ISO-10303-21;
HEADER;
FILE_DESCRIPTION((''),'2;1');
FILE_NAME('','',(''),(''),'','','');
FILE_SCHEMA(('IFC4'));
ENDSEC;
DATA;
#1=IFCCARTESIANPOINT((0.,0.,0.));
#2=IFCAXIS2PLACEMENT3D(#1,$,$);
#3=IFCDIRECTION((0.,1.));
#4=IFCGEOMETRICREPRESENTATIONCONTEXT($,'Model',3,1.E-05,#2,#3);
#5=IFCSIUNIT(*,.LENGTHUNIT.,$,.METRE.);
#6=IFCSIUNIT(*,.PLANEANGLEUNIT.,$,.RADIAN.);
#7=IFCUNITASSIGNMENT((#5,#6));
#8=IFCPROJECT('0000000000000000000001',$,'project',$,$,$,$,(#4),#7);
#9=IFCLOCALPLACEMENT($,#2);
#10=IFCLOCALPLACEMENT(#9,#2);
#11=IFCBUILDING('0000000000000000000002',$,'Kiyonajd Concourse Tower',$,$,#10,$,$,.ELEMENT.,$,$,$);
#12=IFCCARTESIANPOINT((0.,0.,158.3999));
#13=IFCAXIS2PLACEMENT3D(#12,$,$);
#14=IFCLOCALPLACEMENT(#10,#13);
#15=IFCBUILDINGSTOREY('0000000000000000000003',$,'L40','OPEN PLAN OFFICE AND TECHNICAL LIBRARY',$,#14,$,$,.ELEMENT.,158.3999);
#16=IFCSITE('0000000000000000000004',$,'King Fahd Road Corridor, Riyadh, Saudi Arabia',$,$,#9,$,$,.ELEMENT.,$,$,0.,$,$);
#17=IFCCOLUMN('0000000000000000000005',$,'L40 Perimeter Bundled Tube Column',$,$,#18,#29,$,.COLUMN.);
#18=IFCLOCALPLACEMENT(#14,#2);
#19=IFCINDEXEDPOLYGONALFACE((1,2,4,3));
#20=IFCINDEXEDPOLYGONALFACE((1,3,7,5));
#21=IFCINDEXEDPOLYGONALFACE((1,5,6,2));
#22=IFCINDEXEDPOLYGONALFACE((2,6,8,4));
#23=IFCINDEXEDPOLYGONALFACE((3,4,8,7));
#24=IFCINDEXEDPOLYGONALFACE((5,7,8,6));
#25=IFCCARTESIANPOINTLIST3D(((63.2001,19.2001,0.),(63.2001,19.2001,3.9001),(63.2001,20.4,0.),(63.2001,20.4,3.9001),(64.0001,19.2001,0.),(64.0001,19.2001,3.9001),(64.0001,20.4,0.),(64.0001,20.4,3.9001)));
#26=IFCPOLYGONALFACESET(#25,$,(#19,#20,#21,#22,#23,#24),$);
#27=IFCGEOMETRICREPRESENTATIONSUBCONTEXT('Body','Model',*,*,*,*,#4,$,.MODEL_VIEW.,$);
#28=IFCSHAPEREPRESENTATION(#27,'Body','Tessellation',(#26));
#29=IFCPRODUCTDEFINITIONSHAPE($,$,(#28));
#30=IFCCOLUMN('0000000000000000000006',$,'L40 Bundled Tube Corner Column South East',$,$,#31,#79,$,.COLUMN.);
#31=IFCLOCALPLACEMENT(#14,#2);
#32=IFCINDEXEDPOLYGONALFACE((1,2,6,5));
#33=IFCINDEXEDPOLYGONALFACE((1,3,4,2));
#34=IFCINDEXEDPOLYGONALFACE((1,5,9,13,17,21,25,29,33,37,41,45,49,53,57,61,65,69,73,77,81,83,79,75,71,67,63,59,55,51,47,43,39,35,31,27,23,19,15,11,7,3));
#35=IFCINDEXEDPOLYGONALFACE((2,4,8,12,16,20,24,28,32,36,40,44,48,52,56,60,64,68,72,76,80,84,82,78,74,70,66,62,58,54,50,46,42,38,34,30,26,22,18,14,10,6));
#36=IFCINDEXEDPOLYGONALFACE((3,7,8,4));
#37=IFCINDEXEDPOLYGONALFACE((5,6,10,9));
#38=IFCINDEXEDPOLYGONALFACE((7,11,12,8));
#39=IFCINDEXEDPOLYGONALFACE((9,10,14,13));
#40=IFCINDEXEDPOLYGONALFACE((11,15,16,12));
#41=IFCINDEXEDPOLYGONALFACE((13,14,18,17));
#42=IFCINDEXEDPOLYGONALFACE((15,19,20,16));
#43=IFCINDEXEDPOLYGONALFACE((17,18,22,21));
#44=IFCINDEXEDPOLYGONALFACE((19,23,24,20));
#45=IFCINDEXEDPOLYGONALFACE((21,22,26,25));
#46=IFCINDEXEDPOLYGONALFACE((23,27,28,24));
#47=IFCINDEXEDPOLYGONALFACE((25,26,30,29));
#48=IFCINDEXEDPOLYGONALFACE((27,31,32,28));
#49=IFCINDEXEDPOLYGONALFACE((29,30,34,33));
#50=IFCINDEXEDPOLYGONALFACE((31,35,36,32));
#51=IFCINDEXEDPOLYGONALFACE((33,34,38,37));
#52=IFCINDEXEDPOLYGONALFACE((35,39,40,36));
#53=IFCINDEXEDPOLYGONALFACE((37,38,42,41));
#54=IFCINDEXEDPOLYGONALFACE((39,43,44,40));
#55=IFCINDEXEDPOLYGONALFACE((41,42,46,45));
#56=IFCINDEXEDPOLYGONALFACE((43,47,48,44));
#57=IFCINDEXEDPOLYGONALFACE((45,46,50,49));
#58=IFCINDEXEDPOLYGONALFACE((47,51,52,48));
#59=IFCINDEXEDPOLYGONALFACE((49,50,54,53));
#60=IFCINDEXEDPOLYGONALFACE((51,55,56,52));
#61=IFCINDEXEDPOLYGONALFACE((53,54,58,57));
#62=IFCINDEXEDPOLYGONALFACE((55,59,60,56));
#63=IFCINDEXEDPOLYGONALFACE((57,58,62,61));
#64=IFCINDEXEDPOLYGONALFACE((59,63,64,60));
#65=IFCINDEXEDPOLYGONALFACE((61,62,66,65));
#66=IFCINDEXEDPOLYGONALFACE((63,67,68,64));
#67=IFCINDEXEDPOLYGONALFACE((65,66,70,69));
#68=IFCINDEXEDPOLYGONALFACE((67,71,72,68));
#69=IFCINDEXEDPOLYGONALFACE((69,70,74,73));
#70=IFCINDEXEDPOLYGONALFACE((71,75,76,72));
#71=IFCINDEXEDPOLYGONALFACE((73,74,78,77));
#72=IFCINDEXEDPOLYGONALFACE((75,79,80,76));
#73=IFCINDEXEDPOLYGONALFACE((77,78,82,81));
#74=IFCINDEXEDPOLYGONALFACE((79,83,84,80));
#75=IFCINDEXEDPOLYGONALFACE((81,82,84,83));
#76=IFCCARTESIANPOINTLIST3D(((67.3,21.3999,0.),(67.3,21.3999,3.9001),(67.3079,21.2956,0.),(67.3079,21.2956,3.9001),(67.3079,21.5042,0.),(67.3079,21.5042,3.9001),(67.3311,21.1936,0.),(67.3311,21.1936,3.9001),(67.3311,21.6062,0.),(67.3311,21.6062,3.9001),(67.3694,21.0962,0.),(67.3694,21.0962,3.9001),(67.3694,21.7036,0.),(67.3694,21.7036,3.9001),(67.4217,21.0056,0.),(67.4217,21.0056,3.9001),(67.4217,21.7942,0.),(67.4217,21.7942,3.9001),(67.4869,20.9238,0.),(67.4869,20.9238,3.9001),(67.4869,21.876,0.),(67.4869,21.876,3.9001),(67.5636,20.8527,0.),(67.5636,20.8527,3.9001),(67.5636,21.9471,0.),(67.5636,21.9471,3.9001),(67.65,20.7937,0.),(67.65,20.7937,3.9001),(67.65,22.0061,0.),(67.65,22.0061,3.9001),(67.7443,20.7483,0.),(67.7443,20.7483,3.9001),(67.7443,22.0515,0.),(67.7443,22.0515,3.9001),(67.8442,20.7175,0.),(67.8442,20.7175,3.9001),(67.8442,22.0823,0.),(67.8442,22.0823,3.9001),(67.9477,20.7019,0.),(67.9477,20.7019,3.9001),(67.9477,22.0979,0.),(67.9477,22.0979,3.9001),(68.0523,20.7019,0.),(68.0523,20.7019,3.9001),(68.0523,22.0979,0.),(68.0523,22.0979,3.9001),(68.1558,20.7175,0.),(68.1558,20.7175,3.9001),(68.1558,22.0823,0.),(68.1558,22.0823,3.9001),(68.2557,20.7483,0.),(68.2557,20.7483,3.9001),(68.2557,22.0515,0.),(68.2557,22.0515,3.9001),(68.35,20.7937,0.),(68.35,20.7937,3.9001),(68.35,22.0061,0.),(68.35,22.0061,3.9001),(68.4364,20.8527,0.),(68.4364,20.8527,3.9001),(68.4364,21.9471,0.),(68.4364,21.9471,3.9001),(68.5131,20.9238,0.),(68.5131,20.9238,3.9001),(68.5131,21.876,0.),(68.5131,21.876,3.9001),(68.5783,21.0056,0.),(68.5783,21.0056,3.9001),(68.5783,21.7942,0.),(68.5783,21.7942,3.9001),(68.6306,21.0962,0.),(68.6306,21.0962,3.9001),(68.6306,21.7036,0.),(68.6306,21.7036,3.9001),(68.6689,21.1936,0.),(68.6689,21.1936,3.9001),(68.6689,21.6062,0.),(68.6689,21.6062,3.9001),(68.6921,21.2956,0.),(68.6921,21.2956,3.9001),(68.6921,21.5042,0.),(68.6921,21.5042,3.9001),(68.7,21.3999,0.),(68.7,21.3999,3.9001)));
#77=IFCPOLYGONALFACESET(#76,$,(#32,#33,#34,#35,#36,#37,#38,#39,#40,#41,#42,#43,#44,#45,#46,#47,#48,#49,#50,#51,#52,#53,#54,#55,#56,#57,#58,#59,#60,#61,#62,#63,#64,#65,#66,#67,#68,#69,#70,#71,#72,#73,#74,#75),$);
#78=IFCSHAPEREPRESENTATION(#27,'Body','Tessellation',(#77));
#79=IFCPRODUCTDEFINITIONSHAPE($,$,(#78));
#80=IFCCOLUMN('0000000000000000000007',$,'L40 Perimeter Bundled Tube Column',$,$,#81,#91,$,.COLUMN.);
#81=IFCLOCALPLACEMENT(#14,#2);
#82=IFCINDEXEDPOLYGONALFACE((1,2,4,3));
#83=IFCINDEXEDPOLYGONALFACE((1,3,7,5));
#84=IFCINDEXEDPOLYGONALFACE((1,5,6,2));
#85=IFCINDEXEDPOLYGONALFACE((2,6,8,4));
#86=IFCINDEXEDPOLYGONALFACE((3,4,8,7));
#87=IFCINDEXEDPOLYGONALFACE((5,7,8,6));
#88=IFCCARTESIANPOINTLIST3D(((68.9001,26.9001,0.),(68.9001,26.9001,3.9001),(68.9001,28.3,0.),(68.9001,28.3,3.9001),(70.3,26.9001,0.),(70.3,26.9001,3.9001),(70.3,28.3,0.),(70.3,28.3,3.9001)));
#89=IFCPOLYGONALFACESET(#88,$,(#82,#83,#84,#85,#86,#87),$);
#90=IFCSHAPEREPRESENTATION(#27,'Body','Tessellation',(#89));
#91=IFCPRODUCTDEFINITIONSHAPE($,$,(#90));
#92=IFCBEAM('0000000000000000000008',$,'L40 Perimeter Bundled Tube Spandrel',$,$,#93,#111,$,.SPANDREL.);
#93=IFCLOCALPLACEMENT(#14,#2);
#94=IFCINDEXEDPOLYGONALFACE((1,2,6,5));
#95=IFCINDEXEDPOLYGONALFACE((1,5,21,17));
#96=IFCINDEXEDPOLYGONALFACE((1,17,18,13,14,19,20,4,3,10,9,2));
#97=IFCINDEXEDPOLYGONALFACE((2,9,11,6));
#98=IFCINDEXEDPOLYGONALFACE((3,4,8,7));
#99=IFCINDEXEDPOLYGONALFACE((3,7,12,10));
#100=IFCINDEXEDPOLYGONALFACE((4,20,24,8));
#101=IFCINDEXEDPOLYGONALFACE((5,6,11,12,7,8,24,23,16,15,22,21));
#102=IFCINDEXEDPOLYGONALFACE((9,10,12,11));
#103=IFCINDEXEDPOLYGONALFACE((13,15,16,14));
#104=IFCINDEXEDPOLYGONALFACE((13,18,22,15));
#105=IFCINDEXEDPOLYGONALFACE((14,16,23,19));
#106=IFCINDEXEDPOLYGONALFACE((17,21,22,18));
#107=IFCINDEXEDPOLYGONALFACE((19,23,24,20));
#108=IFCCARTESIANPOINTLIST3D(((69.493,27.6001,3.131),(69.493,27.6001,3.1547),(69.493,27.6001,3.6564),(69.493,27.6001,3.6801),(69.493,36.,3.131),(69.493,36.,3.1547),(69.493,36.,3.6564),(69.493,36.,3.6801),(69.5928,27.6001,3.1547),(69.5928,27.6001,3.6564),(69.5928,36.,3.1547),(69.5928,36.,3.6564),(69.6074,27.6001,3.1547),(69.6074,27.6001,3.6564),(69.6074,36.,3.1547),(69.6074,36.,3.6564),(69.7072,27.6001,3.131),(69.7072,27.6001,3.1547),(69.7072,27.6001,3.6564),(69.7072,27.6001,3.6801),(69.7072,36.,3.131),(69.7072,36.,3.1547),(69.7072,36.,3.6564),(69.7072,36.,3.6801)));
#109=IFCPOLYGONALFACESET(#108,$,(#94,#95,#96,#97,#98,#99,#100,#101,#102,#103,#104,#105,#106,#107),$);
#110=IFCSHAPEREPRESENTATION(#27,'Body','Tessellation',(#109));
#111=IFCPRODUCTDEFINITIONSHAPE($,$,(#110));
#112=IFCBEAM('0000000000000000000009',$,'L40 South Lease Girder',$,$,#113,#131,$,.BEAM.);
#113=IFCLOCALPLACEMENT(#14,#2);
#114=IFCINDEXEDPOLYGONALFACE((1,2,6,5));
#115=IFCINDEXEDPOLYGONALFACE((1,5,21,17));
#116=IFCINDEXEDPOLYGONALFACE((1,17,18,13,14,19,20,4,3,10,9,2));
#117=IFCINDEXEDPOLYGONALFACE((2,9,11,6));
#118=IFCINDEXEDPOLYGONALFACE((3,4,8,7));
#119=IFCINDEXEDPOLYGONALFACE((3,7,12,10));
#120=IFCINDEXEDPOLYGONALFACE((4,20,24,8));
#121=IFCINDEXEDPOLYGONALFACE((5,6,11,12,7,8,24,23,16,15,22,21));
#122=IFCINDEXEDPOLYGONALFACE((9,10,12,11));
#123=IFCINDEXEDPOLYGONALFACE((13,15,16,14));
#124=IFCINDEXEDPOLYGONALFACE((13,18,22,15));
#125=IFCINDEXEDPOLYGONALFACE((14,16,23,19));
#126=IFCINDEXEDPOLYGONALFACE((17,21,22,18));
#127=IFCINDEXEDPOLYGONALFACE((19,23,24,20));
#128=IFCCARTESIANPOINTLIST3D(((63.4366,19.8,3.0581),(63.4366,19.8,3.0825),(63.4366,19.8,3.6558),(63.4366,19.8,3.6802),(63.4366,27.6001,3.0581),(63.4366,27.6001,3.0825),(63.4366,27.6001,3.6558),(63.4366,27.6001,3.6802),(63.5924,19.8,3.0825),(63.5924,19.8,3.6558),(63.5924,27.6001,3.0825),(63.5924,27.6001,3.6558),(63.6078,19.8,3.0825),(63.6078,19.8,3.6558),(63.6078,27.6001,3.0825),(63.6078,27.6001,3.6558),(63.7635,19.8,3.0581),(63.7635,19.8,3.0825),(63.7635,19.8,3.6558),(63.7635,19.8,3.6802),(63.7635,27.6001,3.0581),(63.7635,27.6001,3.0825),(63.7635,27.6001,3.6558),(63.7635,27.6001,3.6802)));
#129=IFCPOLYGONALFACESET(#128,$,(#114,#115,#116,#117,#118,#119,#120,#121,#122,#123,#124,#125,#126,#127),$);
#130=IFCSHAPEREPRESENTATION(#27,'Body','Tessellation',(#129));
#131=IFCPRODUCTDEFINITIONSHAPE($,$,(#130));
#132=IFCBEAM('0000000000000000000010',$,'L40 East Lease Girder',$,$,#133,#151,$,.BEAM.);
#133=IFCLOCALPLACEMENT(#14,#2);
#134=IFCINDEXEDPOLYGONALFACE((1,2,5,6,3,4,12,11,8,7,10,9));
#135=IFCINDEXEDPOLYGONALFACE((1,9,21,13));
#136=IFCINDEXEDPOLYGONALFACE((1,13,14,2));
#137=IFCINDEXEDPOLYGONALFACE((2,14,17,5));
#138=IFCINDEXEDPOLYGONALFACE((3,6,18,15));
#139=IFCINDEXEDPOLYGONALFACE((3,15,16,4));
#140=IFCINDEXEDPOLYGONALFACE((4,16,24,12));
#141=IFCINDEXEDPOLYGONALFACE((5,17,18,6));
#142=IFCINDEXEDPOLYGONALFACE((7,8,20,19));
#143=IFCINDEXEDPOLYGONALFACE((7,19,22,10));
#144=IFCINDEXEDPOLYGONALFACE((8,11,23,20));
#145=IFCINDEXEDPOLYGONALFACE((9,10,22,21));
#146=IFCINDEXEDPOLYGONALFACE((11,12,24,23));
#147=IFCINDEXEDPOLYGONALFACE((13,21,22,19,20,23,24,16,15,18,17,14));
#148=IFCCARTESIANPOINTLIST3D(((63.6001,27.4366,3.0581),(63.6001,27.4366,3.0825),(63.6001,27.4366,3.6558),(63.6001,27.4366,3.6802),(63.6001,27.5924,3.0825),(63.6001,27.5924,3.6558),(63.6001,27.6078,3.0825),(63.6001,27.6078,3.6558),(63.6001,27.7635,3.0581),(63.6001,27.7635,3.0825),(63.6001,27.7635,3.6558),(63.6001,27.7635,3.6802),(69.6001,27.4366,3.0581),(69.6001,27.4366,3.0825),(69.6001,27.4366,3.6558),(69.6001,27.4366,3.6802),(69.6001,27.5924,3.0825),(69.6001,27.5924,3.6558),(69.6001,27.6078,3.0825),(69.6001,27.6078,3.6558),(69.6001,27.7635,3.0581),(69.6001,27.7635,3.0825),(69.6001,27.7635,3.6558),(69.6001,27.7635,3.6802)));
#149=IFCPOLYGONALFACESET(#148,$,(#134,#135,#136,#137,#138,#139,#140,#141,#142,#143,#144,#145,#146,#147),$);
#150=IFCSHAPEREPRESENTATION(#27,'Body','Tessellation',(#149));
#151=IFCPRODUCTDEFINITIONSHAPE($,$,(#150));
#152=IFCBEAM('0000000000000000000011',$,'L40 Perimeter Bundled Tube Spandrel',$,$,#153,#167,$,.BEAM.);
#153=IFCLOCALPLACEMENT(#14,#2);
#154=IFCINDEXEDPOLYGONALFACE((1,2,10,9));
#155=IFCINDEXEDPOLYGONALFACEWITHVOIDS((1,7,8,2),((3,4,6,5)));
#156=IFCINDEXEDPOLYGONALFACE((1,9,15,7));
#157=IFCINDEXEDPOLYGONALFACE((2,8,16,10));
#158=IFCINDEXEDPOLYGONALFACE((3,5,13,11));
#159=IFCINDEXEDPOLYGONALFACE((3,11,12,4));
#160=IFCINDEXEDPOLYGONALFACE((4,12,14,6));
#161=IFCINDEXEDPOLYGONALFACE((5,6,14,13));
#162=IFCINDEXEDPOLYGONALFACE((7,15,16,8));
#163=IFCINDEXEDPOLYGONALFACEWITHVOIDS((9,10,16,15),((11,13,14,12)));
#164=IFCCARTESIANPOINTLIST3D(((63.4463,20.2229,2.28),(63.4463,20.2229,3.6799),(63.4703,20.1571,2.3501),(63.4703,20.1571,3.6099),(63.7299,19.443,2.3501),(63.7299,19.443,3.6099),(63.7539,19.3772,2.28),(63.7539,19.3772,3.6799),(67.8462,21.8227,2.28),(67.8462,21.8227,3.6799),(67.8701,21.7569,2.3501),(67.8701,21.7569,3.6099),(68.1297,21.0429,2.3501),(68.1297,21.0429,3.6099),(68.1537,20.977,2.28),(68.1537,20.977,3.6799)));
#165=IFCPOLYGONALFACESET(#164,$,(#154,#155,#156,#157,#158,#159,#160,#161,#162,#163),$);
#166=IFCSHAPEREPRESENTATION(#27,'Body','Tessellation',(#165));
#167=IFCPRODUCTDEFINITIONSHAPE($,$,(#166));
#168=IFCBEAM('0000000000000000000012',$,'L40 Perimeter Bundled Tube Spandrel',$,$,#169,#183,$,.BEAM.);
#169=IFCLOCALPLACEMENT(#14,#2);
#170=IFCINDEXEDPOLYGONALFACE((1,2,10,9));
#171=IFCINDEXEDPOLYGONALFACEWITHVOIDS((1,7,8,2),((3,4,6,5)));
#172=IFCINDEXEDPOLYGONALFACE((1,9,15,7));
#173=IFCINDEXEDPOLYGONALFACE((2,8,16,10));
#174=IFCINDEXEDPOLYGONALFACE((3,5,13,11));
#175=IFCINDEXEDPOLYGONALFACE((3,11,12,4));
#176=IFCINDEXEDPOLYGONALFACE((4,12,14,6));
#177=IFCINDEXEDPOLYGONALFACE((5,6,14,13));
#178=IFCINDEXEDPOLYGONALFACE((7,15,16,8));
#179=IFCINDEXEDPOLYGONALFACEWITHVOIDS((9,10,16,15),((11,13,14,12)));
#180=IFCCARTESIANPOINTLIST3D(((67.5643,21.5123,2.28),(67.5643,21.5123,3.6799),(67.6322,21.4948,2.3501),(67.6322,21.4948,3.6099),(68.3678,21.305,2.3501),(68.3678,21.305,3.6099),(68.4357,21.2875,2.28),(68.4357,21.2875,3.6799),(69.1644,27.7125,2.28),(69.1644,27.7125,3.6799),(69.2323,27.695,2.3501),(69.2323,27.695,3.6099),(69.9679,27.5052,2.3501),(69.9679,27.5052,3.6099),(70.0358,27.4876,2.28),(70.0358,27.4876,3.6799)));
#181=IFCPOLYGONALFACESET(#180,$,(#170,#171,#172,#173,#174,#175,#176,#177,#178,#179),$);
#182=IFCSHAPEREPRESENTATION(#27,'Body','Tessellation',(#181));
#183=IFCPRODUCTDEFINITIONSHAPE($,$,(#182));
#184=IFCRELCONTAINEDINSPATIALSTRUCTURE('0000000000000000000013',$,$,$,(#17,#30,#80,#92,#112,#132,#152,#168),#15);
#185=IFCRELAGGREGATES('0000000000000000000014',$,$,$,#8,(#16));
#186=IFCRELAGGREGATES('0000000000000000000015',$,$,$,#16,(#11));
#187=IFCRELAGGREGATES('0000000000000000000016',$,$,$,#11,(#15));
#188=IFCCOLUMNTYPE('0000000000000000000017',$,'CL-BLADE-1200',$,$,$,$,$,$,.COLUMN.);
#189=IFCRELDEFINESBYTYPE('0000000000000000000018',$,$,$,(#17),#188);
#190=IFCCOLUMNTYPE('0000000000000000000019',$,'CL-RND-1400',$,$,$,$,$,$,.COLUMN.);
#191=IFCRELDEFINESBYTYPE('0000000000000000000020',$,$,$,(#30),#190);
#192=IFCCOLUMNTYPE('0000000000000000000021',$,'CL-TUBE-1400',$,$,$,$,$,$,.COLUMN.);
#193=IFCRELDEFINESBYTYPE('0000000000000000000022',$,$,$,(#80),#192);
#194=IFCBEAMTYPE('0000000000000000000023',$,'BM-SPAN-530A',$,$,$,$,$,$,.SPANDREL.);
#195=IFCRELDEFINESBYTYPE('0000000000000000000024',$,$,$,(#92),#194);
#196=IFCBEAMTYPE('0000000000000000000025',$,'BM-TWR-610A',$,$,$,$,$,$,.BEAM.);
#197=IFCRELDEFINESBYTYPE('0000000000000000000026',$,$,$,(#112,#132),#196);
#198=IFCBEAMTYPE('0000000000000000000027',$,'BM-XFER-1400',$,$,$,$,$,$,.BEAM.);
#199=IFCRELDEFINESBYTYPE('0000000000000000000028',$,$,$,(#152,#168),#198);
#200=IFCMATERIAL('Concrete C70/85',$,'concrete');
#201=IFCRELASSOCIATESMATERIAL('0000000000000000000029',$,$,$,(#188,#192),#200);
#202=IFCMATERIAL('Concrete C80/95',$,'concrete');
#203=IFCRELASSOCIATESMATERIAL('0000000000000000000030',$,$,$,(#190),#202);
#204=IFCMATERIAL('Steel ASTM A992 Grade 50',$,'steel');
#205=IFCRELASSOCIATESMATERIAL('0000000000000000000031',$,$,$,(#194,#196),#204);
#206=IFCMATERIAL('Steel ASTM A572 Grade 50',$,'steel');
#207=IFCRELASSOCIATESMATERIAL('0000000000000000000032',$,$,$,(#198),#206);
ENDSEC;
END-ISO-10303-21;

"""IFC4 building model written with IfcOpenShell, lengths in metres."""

from ifc_helpers import new_model, si_unit, direction, frame, origin, origin_2d, place, context, subcontext, project, spatial, rectangle, hollow_rectangle, circle, i_section, extrude, material, material_profile, profile_set, type_object, element, save


model = new_model("IFC4")

# Units and contexts
model_context = context("Model", 3, precision=1e-05, world=origin(), true_north=direction((0.0, 1.0)))
body_context = subcontext(model_context, "Body", "Model", "MODEL_VIEW")
ifc_project = project(units=[si_unit("LENGTHUNIT", "METRE"), si_unit("PLANEANGLEUNIT", "RADIAN")], contexts=[model_context])

# Site, building, storey
site_placement = place(None, origin())
site = spatial("IfcSite", under=ifc_project, at=site_placement, Name="King Fahd Road Corridor, Riyadh, Saudi Arabia", CompositionType="ELEMENT", RefElevation=0.0)
building_placement = place(site_placement, origin())
building = spatial("IfcBuilding", under=site, at=building_placement, Name="Kiyonajd Concourse Tower", CompositionType="ELEMENT")
storey_placement = place(building_placement, frame((0.0, 0.0, 158.3999)))
storey = spatial("IfcBuildingStorey", under=building, at=storey_placement, Name="L40", Description="OPEN PLAN OFFICE AND TECHNICAL LIBRARY", CompositionType="ELEMENT", Elevation=158.3999)

# Columns
ifc_material_1 = material(Name="Concrete C70/85", Category="concrete")
ifc_material_profile_1 = material_profile(ifc_material_1, rectangle(XDim=0.8, YDim=1.2, at=origin_2d()), Name="RC-1200x800")
ifc_profile_set_1 = profile_set([ifc_material_profile_1], Name="Concrete C70/85")
column_type_1 = type_object("IfcColumnType", Name="CL-BLADE-1200", PredefinedType="COLUMN", material=ifc_profile_set_1)
column_1_placement = place(storey_placement, frame((63.6001, 19.8, 0.0), z_axis=(0.0, 0.0, 1.0), x_axis=(1.0, 0.0, 0.0)))
element("IfcColumn", 1, at=column_1_placement, inside=storey, type_object=column_type_1, Name="L40 Perimeter Bundled Tube Column", PredefinedType="COLUMN", context=body_context, shape_type="SweptSolid", body=[
    extrude(rectangle(XDim=0.8, YDim=1.2, at=origin_2d()), origin(), (0.0, 0.0, 1.0), 3.9001),
])
ifc_material_2 = material(Name="Concrete C80/95", Category="concrete")
ifc_material_profile_2 = material_profile(ifc_material_2, circle(Radius=0.7, at=origin_2d()), Name="RCC-D1400")
ifc_profile_set_2 = profile_set([ifc_material_profile_2], Name="Concrete C80/95")
column_type_2 = type_object("IfcColumnType", Name="CL-RND-1400", PredefinedType="COLUMN", material=ifc_profile_set_2)
column_2_placement = place(storey_placement, frame((68.0, 21.3999, 0.0), z_axis=(0.0, 0.0, 1.0), x_axis=(1.0, 0.0, 0.0)))
element("IfcColumn", 2, at=column_2_placement, inside=storey, type_object=column_type_2, Name="L40 Bundled Tube Corner Column South East", PredefinedType="COLUMN", context=body_context, shape_type="SweptSolid", body=[
    extrude(circle(Radius=0.7, at=origin_2d()), origin(), (0.0, 0.0, 1.0), 3.9001),
])
ifc_material_profile_3 = material_profile(ifc_material_1, rectangle(XDim=1.3999, YDim=1.3999, at=origin_2d()), Name="RC-1400x1400")
ifc_profile_set_3 = profile_set([ifc_material_profile_3], Name="Concrete C70/85")
column_type_3 = type_object("IfcColumnType", Name="CL-TUBE-1400", PredefinedType="COLUMN", material=ifc_profile_set_3)
column_3_placement = place(storey_placement, frame((69.6001, 27.6001, 0.0), z_axis=(0.0, 0.0, 1.0), x_axis=(1.0, 0.0, 0.0)))
element("IfcColumn", 3, at=column_3_placement, inside=storey, type_object=column_type_3, Name="L40 Perimeter Bundled Tube Column", PredefinedType="COLUMN", context=body_context, shape_type="SweptSolid", body=[
    extrude(rectangle(XDim=1.3999, YDim=1.3999, at=origin_2d()), origin(), (0.0, 0.0, 1.0), 3.9001),
])

# Beams
ifc_material_3 = material(Name="Steel ASTM A992 Grade 50", Category="steel")
ifc_material_profile_4 = material_profile(ifc_material_3, i_section(OverallWidth=0.2141, OverallDepth=0.5491, WebThickness=0.0146, FlangeThickness=0.0237, at=origin_2d()), Name="W530X138")
ifc_profile_set_4 = profile_set([ifc_material_profile_4], Name="Steel ASTM A992 Grade 50")
beam_type_1 = type_object("IfcBeamType", Name="BM-SPAN-530A", PredefinedType="SPANDREL", material=ifc_profile_set_4)
beam_1_placement = place(storey_placement, frame((69.6001, 27.6001, 3.4055), z_axis=(0.0, 1.0, 0.0), x_axis=(-1.0, 0.0, 0.0)))
element("IfcBeam", 4, at=beam_1_placement, inside=storey, type_object=beam_type_1, Name="L40 Perimeter Bundled Tube Spandrel", PredefinedType="SPANDREL", context=body_context, shape_type="SweptSolid", body=[
    extrude(i_section(OverallWidth=0.2141, OverallDepth=0.5491, WebThickness=0.0146, FlangeThickness=0.0237, at=origin_2d()), origin(), (0.0, 0.0, 1.0), 8.3999),
])
ifc_material_profile_5 = material_profile(ifc_material_3, i_section(OverallWidth=0.3269, OverallDepth=0.6221, WebThickness=0.0154, FlangeThickness=0.0244, at=origin_2d()), Name="W610X195")
ifc_profile_set_5 = profile_set([ifc_material_profile_5], Name="Steel ASTM A992 Grade 50")
beam_type_2 = type_object("IfcBeamType", Name="BM-TWR-610A", PredefinedType="BEAM", material=ifc_profile_set_5)
beam_2_placement = place(storey_placement, frame((63.6001, 19.8, 3.3691), z_axis=(0.0, 1.0, 0.0), x_axis=(-1.0, 0.0, 0.0)))
element("IfcBeam", 5, at=beam_2_placement, inside=storey, type_object=beam_type_2, Name="L40 South Lease Girder", PredefinedType="BEAM", context=body_context, shape_type="SweptSolid", body=[
    extrude(i_section(OverallWidth=0.3269, OverallDepth=0.6221, WebThickness=0.0154, FlangeThickness=0.0244, at=origin_2d()), origin(), (0.0, 0.0, 1.0), 7.8),
])
beam_3_placement = place(storey_placement, frame((63.6001, 27.6001, 3.3691), z_axis=(1.0, 0.0, 0.0), x_axis=(0.0, 1.0, 0.0)))
element("IfcBeam", 6, at=beam_3_placement, inside=storey, type_object=beam_type_2, Name="L40 East Lease Girder", PredefinedType="BEAM", context=body_context, shape_type="SweptSolid", body=[
    extrude(i_section(OverallWidth=0.3269, OverallDepth=0.6221, WebThickness=0.0154, FlangeThickness=0.0244, at=origin_2d()), origin(), (0.0, 0.0, 1.0), 6.0),
])
ifc_material_4 = material(Name="Steel ASTM A572 Grade 50", Category="steel")
ifc_material_profile_6 = material_profile(ifc_material_4, hollow_rectangle(XDim=0.8999, YDim=1.3999, WallThickness=0.0701, at=origin_2d()), Name="BOX-1400x900x70")
ifc_profile_set_6 = profile_set([ifc_material_profile_6], Name="Steel ASTM A572 Grade 50")
beam_type_3 = type_object("IfcBeamType", Name="BM-XFER-1400", PredefinedType="BEAM", material=ifc_profile_set_6)
beam_4_placement = place(storey_placement, frame((63.6001, 19.8, 2.98), z_axis=(0.939801, 0.341722, 0.0), x_axis=(-0.341722, 0.939801, 0.0)))
element("IfcBeam", 7, at=beam_4_placement, inside=storey, type_object=beam_type_3, Name="L40 Perimeter Bundled Tube Spandrel", PredefinedType="BEAM", context=body_context, shape_type="SweptSolid", body=[
    extrude(hollow_rectangle(XDim=0.8999, YDim=1.3999, WallThickness=0.0701, at=origin_2d()), origin(), (0.0, 0.0, 1.0), 4.6816),
])
beam_5_placement = place(storey_placement, frame((68.0, 21.3999, 2.98), z_axis=(0.249885, 0.968276, 0.0), x_axis=(-0.968276, 0.249885, 0.0)))
element("IfcBeam", 8, at=beam_5_placement, inside=storey, type_object=beam_type_3, Name="L40 Perimeter Bundled Tube Spandrel", PredefinedType="BEAM", context=body_context, shape_type="SweptSolid", body=[
    extrude(hollow_rectangle(XDim=0.8999, YDim=1.3999, WallThickness=0.0701, at=origin_2d()), origin(), (0.0, 0.0, 1.0), 6.4033),
])

save(model, "model.ifc")
